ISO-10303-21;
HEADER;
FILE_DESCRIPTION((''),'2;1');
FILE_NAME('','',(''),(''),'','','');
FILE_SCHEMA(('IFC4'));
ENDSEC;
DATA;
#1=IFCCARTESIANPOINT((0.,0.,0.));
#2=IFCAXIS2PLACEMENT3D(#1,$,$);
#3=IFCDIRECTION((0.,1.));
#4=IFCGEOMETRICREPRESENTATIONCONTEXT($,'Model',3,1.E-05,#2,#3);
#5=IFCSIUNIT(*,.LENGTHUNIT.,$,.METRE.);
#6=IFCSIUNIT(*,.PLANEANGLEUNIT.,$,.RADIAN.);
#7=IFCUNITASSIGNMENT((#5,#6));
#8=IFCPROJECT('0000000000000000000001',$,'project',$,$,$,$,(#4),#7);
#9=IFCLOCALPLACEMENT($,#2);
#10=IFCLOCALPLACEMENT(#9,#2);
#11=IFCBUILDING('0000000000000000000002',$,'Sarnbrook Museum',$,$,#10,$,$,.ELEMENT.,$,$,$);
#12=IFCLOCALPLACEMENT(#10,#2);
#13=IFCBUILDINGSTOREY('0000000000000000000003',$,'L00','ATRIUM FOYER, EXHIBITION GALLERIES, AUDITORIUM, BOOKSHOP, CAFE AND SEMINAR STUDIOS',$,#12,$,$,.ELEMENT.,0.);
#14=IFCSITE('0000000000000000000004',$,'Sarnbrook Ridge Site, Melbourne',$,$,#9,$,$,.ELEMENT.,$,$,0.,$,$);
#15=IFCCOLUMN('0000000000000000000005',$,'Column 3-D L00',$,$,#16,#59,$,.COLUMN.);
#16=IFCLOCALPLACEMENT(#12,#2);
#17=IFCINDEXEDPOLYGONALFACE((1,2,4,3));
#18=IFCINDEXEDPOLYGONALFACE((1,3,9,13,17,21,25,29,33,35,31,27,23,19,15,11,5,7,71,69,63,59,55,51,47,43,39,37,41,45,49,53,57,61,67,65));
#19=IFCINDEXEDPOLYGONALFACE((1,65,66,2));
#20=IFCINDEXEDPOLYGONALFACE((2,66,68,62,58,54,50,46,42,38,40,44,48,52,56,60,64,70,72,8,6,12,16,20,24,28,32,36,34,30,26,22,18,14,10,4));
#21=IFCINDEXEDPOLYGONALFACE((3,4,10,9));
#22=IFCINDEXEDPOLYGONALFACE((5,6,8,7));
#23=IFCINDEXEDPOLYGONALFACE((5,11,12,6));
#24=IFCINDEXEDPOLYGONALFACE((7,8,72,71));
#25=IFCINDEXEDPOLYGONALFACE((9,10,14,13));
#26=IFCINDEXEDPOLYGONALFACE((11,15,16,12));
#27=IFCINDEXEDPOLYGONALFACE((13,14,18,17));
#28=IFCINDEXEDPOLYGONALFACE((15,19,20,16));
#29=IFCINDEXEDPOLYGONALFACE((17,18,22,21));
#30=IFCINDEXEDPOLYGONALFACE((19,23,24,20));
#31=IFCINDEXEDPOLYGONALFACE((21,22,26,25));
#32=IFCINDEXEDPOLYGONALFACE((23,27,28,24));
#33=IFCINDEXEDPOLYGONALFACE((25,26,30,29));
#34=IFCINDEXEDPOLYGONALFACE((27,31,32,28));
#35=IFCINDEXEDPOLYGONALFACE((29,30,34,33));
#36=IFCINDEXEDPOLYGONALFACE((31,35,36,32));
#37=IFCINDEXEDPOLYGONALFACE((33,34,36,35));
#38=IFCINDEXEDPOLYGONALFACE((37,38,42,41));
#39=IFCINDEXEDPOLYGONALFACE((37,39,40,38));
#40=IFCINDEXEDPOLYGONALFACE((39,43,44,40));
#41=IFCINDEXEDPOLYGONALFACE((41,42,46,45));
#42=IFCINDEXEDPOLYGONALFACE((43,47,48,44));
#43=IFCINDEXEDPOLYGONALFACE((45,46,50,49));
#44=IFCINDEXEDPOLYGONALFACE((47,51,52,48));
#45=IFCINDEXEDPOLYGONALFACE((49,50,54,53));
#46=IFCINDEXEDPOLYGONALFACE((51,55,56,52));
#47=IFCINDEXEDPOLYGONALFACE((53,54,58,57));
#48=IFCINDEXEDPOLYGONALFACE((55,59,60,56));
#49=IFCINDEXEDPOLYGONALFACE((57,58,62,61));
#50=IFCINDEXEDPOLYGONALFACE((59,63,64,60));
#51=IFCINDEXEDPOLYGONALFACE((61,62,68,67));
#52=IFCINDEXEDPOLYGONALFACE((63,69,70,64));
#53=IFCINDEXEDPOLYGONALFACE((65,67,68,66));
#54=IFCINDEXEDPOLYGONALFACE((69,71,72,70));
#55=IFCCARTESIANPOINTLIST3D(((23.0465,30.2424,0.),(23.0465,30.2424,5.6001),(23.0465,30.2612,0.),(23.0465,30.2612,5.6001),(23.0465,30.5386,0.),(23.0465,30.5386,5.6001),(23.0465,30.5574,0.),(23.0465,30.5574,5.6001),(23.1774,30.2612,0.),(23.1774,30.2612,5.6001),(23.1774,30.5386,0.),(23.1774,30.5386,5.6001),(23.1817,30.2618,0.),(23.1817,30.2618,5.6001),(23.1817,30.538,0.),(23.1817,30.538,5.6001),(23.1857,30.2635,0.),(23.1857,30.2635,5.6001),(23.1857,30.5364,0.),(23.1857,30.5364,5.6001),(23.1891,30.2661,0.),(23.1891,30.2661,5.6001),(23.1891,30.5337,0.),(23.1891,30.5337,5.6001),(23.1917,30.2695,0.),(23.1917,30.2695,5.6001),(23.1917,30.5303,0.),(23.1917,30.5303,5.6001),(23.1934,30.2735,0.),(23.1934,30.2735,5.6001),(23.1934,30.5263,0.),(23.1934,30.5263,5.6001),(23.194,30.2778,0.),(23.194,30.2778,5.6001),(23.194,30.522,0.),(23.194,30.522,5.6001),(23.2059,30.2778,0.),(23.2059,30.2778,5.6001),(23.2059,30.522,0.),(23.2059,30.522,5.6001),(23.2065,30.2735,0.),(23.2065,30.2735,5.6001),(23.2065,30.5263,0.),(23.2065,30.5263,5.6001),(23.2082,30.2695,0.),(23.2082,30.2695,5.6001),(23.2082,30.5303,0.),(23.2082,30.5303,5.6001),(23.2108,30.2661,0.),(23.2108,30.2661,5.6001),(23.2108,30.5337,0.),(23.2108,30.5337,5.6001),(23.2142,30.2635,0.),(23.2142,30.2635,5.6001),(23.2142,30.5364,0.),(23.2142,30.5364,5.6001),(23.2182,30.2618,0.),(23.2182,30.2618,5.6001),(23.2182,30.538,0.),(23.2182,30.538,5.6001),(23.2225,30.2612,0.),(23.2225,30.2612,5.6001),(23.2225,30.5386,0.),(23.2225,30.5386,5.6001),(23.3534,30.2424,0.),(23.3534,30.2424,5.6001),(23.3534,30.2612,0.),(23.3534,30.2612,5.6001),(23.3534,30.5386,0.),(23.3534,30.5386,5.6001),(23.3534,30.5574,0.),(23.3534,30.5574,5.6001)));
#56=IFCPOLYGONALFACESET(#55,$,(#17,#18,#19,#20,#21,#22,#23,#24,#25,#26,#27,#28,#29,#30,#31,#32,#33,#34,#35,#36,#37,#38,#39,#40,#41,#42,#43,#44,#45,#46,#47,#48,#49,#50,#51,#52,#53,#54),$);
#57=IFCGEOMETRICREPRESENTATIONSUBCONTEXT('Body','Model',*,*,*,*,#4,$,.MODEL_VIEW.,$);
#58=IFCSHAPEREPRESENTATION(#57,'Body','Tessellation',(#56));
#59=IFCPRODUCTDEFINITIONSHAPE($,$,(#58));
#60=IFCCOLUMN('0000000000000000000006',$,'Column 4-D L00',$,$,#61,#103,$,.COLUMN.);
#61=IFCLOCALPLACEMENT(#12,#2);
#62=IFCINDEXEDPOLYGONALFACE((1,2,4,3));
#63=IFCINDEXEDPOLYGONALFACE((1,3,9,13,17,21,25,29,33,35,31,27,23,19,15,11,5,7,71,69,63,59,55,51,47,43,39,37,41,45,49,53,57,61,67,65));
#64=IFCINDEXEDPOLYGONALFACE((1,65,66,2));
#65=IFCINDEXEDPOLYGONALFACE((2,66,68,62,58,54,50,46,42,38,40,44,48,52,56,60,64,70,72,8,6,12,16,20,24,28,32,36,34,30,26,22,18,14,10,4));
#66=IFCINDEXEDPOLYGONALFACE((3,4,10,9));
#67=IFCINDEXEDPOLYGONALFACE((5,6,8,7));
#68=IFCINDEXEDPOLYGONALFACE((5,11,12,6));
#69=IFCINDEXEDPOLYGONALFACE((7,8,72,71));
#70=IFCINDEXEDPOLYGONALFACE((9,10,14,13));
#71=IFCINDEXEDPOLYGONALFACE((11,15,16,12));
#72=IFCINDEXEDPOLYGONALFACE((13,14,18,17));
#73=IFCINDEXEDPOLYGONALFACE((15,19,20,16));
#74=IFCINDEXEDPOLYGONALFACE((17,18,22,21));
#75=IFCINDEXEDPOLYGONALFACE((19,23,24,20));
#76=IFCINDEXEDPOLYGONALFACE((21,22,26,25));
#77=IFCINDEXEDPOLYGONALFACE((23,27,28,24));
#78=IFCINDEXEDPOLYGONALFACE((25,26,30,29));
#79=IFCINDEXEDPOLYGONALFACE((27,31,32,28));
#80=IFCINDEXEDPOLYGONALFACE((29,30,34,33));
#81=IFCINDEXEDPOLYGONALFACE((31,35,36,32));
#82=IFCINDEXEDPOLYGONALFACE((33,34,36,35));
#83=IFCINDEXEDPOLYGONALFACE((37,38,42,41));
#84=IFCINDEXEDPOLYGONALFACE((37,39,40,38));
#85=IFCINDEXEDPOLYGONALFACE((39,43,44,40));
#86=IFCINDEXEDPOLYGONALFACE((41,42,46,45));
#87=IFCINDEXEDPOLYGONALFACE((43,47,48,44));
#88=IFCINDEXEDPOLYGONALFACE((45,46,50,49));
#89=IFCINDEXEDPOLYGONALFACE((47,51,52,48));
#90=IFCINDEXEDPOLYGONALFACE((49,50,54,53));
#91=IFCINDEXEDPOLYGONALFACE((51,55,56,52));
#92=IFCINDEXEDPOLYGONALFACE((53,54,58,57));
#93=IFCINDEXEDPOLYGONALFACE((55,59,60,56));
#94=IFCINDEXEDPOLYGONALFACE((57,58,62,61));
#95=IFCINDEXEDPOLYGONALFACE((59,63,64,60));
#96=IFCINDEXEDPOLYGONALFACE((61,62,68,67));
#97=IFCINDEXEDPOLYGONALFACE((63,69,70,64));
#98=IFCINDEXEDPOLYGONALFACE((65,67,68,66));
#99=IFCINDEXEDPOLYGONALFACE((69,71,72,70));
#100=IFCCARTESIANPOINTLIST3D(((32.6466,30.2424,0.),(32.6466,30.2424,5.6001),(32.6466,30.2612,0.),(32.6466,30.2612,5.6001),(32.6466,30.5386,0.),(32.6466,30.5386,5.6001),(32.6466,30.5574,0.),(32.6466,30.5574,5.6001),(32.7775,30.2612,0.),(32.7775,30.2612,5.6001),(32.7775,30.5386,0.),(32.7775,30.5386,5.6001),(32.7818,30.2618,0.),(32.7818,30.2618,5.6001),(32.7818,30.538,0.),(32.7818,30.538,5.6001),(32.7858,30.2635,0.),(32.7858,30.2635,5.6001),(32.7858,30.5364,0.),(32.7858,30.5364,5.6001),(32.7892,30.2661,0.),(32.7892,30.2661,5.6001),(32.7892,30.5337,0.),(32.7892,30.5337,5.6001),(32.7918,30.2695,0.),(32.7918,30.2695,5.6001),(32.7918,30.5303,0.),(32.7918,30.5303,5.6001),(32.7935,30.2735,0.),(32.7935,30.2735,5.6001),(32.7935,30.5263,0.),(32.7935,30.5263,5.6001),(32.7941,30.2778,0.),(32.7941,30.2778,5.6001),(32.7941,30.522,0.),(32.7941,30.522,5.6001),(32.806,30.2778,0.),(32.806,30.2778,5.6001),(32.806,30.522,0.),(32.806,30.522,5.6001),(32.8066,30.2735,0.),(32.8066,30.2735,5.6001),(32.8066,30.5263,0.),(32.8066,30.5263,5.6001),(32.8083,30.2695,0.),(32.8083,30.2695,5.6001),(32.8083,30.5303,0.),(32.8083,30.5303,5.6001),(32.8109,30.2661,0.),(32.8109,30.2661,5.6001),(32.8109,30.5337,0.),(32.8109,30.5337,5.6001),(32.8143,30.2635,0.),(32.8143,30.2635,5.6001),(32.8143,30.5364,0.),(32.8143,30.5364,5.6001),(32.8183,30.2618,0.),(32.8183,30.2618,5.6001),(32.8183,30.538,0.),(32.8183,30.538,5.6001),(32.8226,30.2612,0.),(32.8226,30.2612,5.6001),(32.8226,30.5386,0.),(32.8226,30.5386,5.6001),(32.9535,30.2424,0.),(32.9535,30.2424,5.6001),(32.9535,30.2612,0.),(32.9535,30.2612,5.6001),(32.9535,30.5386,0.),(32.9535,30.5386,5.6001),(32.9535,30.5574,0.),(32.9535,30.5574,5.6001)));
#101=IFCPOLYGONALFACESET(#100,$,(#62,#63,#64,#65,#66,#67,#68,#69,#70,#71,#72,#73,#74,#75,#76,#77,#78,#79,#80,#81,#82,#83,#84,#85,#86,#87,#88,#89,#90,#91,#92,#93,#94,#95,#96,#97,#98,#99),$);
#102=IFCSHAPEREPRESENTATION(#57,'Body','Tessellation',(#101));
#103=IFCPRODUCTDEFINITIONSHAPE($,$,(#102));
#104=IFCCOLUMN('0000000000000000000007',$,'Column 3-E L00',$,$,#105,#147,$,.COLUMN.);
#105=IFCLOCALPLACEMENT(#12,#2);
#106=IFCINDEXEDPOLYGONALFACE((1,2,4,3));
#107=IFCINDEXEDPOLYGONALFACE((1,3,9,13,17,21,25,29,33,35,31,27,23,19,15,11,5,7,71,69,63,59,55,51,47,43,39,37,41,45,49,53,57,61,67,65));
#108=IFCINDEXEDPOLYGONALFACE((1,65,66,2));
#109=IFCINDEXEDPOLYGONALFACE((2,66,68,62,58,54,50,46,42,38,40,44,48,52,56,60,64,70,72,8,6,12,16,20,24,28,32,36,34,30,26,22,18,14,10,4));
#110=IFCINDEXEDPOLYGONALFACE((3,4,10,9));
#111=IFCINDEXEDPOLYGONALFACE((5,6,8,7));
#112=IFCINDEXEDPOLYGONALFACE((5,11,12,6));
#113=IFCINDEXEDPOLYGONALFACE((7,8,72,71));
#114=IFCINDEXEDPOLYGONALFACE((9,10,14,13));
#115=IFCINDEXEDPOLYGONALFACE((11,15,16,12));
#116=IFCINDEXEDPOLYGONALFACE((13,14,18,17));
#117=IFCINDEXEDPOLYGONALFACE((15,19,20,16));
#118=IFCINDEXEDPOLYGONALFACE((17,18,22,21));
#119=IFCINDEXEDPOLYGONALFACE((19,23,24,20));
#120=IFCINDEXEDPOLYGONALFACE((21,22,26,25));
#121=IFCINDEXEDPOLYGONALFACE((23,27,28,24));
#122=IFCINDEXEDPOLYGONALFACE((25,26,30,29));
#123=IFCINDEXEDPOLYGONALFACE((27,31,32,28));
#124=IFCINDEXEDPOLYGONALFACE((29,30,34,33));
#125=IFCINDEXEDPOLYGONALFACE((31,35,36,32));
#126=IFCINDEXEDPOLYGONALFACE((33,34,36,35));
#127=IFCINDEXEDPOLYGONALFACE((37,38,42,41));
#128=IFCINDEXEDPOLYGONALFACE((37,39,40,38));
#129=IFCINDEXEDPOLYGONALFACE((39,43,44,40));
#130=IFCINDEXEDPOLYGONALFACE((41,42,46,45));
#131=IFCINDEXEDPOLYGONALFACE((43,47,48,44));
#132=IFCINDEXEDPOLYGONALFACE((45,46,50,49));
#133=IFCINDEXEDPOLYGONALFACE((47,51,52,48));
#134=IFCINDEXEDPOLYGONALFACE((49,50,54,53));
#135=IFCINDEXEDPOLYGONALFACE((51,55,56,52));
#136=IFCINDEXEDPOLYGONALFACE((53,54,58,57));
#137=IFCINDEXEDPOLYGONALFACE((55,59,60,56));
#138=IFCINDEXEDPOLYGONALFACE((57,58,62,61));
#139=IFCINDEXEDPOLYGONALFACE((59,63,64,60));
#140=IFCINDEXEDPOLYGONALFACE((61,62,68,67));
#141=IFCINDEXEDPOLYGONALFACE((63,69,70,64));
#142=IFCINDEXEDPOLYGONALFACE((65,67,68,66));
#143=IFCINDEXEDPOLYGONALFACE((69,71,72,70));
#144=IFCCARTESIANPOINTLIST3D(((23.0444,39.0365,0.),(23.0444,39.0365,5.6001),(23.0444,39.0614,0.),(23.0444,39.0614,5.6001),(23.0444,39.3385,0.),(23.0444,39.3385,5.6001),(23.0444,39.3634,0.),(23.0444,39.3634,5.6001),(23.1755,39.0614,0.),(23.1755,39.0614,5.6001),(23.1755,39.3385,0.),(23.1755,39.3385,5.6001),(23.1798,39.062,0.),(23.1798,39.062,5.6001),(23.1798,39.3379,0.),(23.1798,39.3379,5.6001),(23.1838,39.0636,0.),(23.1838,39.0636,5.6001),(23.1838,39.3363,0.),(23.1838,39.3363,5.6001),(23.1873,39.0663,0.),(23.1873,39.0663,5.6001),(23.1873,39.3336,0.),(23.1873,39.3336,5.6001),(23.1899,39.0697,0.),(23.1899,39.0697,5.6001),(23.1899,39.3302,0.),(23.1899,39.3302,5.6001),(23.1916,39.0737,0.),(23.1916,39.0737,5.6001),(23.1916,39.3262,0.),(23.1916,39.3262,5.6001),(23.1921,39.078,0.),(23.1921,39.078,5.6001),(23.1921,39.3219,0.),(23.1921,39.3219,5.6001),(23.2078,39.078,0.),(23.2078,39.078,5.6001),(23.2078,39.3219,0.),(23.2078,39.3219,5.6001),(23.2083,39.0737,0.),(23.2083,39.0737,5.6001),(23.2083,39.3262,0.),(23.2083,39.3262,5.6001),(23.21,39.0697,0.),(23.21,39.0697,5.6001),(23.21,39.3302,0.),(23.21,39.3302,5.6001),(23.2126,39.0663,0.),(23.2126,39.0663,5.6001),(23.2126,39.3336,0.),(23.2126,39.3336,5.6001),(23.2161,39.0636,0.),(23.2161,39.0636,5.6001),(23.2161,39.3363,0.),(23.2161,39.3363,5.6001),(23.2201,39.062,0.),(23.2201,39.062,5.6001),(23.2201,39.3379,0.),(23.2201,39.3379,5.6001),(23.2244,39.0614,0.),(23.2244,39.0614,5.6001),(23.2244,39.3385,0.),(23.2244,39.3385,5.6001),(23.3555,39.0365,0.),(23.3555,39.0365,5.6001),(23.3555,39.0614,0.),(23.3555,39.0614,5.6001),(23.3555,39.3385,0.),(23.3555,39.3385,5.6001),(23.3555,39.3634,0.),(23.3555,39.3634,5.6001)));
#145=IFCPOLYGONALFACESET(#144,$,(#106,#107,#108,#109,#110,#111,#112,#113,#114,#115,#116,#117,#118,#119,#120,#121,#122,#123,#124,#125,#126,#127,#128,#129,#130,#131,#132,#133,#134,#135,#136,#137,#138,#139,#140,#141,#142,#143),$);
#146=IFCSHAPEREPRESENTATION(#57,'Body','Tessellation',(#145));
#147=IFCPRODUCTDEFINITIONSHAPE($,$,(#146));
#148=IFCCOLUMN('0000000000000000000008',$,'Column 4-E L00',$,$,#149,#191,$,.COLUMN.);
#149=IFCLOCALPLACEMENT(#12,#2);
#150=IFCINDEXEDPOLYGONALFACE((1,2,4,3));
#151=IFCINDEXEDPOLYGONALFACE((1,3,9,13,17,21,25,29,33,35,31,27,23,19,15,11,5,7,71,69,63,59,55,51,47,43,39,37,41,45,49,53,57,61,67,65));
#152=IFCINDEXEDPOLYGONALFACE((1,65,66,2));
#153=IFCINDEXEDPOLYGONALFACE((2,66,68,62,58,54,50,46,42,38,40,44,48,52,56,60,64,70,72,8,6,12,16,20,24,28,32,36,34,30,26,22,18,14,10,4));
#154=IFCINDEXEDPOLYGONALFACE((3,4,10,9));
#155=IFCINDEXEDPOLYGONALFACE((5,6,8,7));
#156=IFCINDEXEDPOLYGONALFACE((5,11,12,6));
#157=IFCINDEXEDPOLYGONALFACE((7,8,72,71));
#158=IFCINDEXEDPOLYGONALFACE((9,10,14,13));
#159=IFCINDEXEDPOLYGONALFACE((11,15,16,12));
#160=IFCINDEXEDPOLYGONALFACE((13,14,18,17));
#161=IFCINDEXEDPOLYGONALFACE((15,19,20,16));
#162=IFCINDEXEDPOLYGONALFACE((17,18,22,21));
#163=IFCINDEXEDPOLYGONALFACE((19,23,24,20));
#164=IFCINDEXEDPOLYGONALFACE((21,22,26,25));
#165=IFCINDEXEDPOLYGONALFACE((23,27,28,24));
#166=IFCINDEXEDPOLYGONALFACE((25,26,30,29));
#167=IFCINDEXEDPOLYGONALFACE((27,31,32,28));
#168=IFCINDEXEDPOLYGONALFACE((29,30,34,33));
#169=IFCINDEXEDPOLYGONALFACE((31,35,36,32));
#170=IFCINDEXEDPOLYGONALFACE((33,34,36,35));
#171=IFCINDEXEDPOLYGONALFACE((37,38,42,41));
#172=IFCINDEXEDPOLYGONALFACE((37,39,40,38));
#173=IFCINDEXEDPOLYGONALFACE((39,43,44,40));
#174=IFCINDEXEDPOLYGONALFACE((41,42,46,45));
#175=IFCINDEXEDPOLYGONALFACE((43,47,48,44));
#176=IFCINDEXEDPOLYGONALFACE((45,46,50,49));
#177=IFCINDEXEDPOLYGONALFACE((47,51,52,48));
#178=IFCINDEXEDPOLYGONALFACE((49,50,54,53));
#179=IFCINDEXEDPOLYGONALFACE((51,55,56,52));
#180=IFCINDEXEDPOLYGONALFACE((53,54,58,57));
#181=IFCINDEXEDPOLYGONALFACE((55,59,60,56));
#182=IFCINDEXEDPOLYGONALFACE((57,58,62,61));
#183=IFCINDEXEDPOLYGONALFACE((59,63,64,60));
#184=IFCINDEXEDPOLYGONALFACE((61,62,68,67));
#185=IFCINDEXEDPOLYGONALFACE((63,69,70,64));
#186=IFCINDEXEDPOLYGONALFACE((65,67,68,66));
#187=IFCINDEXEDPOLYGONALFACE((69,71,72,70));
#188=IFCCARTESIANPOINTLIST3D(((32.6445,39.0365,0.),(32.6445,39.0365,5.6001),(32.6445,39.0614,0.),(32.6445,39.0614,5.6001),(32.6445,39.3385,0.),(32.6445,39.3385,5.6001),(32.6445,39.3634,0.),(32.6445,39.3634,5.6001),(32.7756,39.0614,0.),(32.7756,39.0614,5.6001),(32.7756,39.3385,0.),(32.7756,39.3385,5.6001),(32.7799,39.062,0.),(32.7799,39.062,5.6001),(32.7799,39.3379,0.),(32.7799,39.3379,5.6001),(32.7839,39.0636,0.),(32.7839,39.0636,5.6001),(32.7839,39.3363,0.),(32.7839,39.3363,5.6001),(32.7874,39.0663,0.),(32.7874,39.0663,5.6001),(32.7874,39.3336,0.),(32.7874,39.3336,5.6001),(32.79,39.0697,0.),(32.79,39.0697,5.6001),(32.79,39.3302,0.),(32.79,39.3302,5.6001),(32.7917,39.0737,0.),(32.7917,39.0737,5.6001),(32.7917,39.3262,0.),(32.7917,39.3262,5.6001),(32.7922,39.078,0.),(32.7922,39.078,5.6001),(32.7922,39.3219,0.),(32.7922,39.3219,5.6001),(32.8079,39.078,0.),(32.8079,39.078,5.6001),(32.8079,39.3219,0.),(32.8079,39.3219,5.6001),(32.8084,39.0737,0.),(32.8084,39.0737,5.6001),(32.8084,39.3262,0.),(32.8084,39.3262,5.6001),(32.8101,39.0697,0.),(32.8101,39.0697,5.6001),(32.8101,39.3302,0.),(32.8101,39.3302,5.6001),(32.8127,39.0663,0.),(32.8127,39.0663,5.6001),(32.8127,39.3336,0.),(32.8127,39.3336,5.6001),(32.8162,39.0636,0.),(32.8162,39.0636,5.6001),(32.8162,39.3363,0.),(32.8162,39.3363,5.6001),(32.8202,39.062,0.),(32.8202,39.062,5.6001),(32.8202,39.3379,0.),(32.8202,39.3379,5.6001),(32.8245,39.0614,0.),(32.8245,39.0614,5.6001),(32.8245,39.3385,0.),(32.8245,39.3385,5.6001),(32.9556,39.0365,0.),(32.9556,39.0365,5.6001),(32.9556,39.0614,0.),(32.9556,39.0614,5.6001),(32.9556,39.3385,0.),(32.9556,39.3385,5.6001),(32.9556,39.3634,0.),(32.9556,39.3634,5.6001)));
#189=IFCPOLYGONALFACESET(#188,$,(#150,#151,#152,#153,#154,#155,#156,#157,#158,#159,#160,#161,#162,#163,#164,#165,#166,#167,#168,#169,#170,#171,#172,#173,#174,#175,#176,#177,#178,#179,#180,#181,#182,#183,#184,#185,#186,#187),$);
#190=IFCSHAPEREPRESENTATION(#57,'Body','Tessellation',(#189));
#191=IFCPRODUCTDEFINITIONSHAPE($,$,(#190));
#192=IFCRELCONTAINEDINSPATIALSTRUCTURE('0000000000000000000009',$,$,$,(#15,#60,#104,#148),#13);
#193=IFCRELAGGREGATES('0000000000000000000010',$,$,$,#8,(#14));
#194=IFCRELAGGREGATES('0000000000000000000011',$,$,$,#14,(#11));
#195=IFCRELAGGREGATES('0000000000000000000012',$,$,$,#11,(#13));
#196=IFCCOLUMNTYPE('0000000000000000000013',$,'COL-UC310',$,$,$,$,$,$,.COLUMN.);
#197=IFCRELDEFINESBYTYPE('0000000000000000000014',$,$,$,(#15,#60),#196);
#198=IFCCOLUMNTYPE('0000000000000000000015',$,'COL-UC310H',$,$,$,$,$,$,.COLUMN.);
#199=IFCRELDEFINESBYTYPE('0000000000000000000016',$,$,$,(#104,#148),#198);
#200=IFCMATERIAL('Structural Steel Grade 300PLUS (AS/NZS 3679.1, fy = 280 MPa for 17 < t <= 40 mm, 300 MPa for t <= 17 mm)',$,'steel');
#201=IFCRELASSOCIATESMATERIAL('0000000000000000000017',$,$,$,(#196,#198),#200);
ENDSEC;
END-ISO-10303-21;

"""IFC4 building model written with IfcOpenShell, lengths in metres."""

from ifc_helpers import new_model, si_unit, direction, frame, origin, origin_2d, place, context, subcontext, project, spatial, i_section, extrude, material, material_profile, profile_set, type_object, element, save


model = new_model("IFC4")

# Units and contexts
model_context = context("Model", 3, precision=1e-05, world=origin(), true_north=direction((0.0, 1.0)))
body_context = subcontext(model_context, "Body", "Model", "MODEL_VIEW")
ifc_project = project(units=[si_unit("LENGTHUNIT", "METRE"), si_unit("PLANEANGLEUNIT", "RADIAN")], contexts=[model_context])

# Site, building, storey
site_placement = place(None, origin())
site = spatial("IfcSite", under=ifc_project, at=site_placement, Name="Sarnbrook Ridge Site, Melbourne", CompositionType="ELEMENT", RefElevation=0.0)
building_placement = place(site_placement, origin())
building = spatial("IfcBuilding", under=site, at=building_placement, Name="Sarnbrook Museum", CompositionType="ELEMENT")
storey_placement = place(building_placement, origin())
storey = spatial("IfcBuildingStorey", under=building, at=storey_placement, Name="L00", Description="ATRIUM FOYER, EXHIBITION GALLERIES, AUDITORIUM, BOOKSHOP, CAFE AND SEMINAR STUDIOS", CompositionType="ELEMENT", Elevation=0.0)

# Columns
ifc_material_1 = material(Name="Structural Steel Grade 300PLUS (AS/NZS 3679.1, fy = 280 MPa for 17 < t <= 40 mm, 300 MPa for t <= 17 mm)", Category="steel")
ifc_material_profile_1 = material_profile(ifc_material_1, i_section(OverallWidth=0.3069, OverallDepth=0.3149, WebThickness=0.012, FlangeThickness=0.0188, FilletRadius=0.0166, at=origin_2d()), Name="310UC118")
ifc_profile_set_1 = profile_set([ifc_material_profile_1], Name="Structural Steel Grade 300PLUS (AS/NZS 3679.1, fy = 280 MPa for 17 < t <= 40 mm, 300 MPa for t <= 17 mm)")
column_type_1 = type_object("IfcColumnType", Name="COL-UC310", PredefinedType="COLUMN", material=ifc_profile_set_1)
for number, where, z_axis, x_axis, name in (
    (1, (23.2, 30.3999, 0.0), (0.0, 0.0, 1.0), (1.0, 0.0, 0.0), "Column 3-D L00"),
    (2, (32.8, 30.3999, 0.0), (0.0, 0.0, 1.0), (1.0, 0.0, 0.0), "Column 4-D L00"),
):
    element("IfcColumn", number, at=place(storey_placement, frame(where, z_axis=z_axis, x_axis=x_axis)), inside=storey, type_object=column_type_1, Name=name, PredefinedType="COLUMN", context=body_context, shape_type="SweptSolid", body=[
        extrude(i_section(OverallWidth=0.3069, OverallDepth=0.3149, WebThickness=0.012, FlangeThickness=0.0188, FilletRadius=0.0166, at=origin_2d()), origin(), (0.0, 0.0, 1.0), 5.6001),
    ])
ifc_material_profile_2 = material_profile(ifc_material_1, i_section(OverallWidth=0.311, OverallDepth=0.3269, WebThickness=0.0156, FlangeThickness=0.0249, FilletRadius=0.0166, at=origin_2d()), Name="310UC158")
ifc_profile_set_2 = profile_set([ifc_material_profile_2], Name="Structural Steel Grade 300PLUS (AS/NZS 3679.1, fy = 280 MPa for 17 < t <= 40 mm, 300 MPa for t <= 17 mm)")
column_type_2 = type_object("IfcColumnType", Name="COL-UC310H", PredefinedType="COLUMN", material=ifc_profile_set_2)
for number, where, z_axis, x_axis, name in (
    (3, (23.2, 39.2, 0.0), (0.0, 0.0, 1.0), (1.0, 0.0, 0.0), "Column 3-E L00"),
    (4, (32.8, 39.2, 0.0), (0.0, 0.0, 1.0), (1.0, 0.0, 0.0), "Column 4-E L00"),
):
    element("IfcColumn", number, at=place(storey_placement, frame(where, z_axis=z_axis, x_axis=x_axis)), inside=storey, type_object=column_type_2, Name=name, PredefinedType="COLUMN", context=body_context, shape_type="SweptSolid", body=[
        extrude(i_section(OverallWidth=0.311, OverallDepth=0.3269, WebThickness=0.0156, FlangeThickness=0.0249, FilletRadius=0.0166, at=origin_2d()), origin(), (0.0, 0.0, 1.0), 5.6001),
    ])

save(model, "model.ifc")
